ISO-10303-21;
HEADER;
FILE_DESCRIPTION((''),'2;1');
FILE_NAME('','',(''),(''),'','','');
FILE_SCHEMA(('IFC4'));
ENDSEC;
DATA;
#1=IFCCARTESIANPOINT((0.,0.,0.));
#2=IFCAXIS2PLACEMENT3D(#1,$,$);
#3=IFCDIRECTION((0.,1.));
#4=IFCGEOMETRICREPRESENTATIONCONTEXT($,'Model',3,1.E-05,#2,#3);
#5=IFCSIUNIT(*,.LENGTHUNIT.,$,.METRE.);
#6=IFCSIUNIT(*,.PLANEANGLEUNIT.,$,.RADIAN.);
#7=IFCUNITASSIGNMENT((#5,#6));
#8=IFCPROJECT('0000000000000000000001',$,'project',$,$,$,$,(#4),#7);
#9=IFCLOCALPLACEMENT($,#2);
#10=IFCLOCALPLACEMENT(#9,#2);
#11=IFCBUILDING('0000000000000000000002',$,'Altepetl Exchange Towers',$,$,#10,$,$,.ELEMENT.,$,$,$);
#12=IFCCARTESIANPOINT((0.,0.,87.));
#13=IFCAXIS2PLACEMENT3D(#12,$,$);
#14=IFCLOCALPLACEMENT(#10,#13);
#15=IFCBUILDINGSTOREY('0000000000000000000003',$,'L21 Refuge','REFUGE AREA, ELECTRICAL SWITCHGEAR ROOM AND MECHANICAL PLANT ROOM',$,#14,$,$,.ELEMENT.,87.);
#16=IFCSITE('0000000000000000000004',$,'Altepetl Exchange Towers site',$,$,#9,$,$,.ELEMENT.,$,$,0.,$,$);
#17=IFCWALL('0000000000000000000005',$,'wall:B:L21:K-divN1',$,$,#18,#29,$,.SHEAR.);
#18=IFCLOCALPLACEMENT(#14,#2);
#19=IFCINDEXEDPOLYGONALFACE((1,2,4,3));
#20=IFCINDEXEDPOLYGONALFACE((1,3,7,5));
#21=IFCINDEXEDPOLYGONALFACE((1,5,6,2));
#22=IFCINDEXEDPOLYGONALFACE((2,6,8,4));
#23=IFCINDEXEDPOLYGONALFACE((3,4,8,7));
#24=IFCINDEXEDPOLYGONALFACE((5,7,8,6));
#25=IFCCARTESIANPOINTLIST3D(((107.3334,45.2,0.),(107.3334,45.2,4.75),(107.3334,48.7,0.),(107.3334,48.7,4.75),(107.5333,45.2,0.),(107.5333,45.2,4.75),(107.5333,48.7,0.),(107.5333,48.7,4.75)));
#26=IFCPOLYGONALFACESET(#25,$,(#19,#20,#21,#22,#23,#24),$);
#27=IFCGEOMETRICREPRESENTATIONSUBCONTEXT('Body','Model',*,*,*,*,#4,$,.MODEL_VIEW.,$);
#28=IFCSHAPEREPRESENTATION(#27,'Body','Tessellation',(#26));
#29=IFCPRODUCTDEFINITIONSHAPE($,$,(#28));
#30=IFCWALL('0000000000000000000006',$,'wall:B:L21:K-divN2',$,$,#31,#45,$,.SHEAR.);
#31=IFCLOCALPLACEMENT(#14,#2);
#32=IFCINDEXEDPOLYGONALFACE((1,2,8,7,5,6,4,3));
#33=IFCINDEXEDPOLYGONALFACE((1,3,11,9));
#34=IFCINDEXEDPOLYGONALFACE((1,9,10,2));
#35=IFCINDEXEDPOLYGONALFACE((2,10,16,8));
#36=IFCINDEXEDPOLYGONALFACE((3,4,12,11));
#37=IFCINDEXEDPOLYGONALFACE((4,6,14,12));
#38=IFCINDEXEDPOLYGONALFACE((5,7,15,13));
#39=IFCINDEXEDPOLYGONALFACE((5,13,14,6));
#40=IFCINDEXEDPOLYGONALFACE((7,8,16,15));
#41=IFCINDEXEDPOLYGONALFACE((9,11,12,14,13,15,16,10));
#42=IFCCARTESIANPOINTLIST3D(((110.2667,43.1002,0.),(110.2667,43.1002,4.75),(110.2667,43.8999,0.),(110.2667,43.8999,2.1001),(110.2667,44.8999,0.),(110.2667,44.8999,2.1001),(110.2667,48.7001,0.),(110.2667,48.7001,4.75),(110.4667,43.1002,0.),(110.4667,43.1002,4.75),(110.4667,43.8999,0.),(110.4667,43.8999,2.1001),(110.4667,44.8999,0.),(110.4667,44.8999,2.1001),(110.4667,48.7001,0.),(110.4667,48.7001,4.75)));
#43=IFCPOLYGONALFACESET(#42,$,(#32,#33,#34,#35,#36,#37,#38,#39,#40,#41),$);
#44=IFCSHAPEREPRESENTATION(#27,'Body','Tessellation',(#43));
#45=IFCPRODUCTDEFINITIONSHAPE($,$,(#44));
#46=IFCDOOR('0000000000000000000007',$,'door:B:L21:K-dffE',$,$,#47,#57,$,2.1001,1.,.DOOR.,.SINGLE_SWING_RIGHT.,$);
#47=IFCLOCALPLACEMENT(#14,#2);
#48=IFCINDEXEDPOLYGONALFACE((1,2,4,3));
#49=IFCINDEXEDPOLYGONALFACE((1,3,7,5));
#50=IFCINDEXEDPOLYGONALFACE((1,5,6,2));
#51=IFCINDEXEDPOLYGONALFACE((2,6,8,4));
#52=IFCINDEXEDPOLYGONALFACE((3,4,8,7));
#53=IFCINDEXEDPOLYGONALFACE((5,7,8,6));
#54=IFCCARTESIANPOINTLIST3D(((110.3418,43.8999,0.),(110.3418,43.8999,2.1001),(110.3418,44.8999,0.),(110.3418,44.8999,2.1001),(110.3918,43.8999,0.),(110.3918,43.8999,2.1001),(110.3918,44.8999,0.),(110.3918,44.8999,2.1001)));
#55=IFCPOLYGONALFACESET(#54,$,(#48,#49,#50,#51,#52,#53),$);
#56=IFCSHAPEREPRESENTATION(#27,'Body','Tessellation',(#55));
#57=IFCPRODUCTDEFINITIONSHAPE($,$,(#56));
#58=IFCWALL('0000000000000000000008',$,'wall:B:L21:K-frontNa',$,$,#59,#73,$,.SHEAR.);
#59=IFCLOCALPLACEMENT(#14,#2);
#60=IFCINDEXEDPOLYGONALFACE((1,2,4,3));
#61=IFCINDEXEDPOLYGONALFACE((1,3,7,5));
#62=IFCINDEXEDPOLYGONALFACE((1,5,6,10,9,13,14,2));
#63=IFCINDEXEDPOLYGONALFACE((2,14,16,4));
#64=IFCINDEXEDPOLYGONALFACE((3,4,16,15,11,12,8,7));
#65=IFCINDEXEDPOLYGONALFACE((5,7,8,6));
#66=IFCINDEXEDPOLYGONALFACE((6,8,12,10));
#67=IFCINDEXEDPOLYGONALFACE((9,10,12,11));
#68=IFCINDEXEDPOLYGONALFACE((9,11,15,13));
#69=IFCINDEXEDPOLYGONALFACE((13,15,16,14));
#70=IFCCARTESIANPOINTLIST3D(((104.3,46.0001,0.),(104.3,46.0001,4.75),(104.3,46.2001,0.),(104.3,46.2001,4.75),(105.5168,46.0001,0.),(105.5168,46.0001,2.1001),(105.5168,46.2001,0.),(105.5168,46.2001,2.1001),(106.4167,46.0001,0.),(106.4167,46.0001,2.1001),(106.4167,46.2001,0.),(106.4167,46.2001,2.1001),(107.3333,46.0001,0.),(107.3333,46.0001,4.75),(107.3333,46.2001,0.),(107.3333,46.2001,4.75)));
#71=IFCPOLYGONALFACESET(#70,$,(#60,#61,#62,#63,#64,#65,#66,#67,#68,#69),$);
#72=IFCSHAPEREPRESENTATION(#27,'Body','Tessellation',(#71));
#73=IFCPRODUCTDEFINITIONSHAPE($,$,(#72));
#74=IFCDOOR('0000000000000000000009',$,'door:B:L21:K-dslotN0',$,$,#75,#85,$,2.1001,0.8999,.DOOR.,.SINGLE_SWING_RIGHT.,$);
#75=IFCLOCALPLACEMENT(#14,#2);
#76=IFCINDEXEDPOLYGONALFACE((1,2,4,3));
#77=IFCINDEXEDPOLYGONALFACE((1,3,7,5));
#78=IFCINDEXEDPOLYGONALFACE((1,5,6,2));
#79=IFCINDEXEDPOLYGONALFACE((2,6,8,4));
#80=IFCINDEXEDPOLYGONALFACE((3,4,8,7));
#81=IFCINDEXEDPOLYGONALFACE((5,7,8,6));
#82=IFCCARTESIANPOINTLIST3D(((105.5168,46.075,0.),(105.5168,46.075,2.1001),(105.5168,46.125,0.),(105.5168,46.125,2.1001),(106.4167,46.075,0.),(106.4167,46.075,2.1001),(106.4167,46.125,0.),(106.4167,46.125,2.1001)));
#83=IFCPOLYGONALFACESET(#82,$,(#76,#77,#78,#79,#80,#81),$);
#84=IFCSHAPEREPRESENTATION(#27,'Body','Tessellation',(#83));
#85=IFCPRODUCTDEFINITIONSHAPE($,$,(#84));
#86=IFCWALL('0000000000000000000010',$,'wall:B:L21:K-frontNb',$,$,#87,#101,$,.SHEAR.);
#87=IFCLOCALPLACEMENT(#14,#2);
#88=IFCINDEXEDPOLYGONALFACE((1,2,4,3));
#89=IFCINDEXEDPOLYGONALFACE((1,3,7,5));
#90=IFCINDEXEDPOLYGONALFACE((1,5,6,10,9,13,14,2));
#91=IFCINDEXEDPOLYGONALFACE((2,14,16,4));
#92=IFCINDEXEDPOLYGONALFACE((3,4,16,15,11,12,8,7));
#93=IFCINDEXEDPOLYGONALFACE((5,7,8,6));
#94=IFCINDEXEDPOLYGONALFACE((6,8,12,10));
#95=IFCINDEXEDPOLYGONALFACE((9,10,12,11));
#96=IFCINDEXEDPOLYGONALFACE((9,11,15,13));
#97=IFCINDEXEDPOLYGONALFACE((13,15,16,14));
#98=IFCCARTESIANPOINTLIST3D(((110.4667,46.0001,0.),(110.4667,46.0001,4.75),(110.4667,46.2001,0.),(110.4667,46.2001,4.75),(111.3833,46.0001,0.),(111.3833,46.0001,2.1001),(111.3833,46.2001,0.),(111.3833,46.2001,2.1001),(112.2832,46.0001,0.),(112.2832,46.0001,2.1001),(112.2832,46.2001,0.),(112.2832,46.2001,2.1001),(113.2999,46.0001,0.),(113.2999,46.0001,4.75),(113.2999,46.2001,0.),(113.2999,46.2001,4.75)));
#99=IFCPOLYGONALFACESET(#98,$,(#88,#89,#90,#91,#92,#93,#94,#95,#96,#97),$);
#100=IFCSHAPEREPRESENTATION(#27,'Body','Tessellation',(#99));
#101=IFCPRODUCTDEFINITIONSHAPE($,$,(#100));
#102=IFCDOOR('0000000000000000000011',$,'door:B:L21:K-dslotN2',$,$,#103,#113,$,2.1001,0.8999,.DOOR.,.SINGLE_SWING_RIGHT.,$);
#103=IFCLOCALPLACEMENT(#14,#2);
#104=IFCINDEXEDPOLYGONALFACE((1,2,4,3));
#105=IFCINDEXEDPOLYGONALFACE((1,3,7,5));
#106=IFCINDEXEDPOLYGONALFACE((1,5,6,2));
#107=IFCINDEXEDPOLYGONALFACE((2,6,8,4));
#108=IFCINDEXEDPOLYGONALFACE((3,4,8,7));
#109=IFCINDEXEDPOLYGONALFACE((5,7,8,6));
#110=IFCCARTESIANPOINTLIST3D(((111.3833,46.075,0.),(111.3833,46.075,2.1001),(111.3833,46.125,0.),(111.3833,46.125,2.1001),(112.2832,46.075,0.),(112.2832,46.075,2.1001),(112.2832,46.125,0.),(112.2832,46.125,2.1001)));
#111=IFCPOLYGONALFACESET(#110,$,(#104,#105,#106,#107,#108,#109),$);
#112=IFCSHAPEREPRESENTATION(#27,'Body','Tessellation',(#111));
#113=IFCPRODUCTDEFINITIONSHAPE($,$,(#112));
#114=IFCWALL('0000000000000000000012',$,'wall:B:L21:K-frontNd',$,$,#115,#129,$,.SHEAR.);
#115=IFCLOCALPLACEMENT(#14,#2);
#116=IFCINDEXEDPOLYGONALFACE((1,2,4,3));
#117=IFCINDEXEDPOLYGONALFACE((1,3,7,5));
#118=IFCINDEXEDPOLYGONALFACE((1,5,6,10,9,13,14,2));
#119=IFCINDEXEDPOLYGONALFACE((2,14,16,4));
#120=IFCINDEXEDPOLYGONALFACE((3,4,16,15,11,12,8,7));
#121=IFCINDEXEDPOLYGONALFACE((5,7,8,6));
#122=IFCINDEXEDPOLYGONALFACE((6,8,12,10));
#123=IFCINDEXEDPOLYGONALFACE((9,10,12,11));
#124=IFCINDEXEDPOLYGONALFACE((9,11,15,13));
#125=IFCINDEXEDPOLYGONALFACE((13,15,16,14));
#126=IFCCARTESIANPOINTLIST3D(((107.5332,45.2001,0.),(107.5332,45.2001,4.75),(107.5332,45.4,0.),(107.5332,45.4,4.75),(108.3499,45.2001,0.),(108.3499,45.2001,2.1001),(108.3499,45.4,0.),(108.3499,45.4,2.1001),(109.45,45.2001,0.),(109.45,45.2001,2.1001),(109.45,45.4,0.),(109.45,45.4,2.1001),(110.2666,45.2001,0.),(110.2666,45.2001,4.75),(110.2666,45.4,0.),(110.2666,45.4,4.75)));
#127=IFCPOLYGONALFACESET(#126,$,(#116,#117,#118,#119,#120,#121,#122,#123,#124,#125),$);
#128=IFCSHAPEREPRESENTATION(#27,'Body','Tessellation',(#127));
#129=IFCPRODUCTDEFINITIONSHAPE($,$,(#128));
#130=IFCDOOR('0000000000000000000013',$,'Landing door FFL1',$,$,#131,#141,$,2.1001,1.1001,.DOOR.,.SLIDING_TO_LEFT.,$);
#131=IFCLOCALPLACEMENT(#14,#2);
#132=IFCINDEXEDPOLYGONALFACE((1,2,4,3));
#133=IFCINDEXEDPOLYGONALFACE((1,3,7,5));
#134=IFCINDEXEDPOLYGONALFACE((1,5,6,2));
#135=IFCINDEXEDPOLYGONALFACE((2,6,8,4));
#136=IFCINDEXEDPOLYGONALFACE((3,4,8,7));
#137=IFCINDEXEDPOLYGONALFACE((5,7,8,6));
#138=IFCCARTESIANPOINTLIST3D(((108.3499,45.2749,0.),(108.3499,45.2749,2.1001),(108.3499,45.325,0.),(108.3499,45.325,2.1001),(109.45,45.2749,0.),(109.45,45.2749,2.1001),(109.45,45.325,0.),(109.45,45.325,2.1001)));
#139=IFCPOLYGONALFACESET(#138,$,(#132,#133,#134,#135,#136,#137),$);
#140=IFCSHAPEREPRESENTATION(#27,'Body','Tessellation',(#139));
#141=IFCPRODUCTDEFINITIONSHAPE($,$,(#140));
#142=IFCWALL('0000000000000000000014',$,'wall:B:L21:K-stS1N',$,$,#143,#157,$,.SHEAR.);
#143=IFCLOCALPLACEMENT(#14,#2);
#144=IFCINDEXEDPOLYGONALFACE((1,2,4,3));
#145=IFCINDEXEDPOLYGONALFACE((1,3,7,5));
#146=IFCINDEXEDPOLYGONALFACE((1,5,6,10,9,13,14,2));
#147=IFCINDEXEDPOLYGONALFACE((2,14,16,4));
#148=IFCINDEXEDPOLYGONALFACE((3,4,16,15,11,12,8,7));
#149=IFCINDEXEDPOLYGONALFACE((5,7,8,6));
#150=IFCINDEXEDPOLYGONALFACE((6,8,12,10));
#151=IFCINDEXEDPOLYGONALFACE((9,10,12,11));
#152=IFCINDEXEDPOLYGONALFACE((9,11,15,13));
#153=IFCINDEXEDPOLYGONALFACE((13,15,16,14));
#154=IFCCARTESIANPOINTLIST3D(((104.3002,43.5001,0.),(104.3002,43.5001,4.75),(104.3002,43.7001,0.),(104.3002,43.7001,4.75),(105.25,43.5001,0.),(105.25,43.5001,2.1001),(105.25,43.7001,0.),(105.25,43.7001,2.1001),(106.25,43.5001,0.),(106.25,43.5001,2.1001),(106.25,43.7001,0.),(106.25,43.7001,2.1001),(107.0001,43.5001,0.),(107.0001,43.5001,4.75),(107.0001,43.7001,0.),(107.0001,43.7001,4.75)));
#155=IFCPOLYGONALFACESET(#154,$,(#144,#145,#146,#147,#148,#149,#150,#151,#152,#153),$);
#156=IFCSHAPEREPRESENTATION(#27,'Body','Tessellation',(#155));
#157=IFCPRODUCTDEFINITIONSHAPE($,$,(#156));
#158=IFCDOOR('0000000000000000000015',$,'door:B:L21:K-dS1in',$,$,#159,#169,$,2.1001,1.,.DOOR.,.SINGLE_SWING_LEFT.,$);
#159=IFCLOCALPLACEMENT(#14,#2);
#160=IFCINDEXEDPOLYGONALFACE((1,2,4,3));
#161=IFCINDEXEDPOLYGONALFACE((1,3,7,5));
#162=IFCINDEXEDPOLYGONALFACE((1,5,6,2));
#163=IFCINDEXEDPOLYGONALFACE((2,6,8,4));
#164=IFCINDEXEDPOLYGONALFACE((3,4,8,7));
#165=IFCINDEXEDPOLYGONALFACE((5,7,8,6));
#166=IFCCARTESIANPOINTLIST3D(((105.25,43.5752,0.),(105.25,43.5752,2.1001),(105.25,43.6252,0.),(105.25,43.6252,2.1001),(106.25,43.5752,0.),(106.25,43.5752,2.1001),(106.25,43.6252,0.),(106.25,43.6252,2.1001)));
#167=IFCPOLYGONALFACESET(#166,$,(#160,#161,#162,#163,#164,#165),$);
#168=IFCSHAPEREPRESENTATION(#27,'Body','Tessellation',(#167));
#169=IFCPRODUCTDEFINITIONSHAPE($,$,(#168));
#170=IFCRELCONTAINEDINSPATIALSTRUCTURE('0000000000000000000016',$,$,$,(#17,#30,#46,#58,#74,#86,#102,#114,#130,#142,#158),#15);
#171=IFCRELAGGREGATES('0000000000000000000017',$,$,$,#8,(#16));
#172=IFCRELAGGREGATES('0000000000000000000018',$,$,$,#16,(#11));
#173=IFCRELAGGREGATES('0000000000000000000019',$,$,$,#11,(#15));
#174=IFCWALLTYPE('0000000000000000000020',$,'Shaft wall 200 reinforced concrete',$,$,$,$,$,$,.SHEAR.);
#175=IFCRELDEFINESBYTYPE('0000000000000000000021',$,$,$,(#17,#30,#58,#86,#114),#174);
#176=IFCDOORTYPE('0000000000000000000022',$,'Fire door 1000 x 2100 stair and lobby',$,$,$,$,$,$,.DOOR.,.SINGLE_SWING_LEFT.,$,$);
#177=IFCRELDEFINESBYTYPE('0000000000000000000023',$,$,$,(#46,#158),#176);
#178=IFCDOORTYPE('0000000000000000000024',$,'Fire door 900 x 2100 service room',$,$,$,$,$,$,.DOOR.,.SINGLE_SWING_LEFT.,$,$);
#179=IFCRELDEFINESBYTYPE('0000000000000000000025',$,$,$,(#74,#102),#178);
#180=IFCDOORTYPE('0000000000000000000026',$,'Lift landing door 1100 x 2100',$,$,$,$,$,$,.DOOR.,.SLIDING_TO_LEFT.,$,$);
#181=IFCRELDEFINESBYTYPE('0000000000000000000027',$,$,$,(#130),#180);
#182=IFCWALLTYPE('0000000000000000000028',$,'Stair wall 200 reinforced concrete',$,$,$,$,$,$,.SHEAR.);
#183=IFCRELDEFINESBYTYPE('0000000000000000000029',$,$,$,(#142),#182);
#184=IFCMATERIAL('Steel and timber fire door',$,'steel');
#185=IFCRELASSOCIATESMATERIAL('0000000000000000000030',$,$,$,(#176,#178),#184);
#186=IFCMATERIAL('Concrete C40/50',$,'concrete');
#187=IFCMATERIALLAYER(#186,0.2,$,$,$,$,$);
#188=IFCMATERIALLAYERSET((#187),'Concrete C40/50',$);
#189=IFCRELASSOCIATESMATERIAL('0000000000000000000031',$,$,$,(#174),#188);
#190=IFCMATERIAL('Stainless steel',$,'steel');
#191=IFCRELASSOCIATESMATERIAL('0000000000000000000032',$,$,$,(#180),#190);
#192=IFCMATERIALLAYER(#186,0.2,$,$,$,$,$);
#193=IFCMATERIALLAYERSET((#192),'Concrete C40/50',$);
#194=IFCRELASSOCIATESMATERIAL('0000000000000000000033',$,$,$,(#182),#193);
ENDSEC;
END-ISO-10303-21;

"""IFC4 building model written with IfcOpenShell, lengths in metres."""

from ifc_helpers import new_model, si_unit, direction, frame, frame_2d, origin, place, context, subcontext, project, spatial, rectangle, extrude, material, layer, layer_set, type_object, element, fill, save


model = new_model("IFC4")

# Units and contexts
model_context = context("Model", 3, precision=1e-05, world=origin(), true_north=direction((0.0, 1.0)))
body_context = subcontext(model_context, "Body", "Model", "MODEL_VIEW")
ifc_project = project(units=[si_unit("LENGTHUNIT", "METRE"), si_unit("PLANEANGLEUNIT", "RADIAN")], contexts=[model_context])

# Site, building, storey
site_placement = place(None, origin())
site = spatial("IfcSite", under=ifc_project, at=site_placement, Name="Altepetl Exchange Towers site", CompositionType="ELEMENT", RefElevation=0.0)
building_placement = place(site_placement, origin())
building = spatial("IfcBuilding", under=site, at=building_placement, Name="Altepetl Exchange Towers", CompositionType="ELEMENT")
storey_placement = place(building_placement, frame((0.0, 0.0, 87.0)))
storey = spatial("IfcBuildingStorey", under=building, at=storey_placement, Name="L21 Refuge", Description="REFUGE AREA, ELECTRICAL SWITCHGEAR ROOM AND MECHANICAL PLANT ROOM", CompositionType="ELEMENT", Elevation=87.0)

# Shared definitions
ifc_material_1 = material(Name="Steel and timber fire door", Category="steel")
door_type_1 = type_object("IfcDoorType", Name="Fire door 1000 x 2100 stair and lobby", OperationType="SINGLE_SWING_LEFT", PredefinedType="DOOR", material=ifc_material_1)
door_type_2 = type_object("IfcDoorType", Name="Fire door 900 x 2100 service room", OperationType="SINGLE_SWING_LEFT", PredefinedType="DOOR", material=ifc_material_1)

# Wall
ifc_material_2 = material(Name="Concrete C40/50", Category="concrete")
ifc_layer_1 = layer(ifc_material_2, 0.2)
ifc_layer_set_1 = layer_set([ifc_layer_1], Name="Concrete C40/50")
wall_type_1 = type_object("IfcWallType", Name="Shaft wall 200 reinforced concrete", PredefinedType="SHEAR", material=ifc_layer_set_1)
wall_1_placement = place(storey_placement, frame((107.4333, 48.7, 0.0), z_axis=(0.0, 0.0, 1.0), x_axis=(0.0, -1.0, 0.0)))
element("IfcWall", 1, at=wall_1_placement, inside=storey, type_object=wall_type_1, Name="wall:B:L21:K-divN1", PredefinedType="SHEAR", context=body_context, shape_type="SweptSolid", body=[
    extrude(rectangle(XDim=3.5, YDim=0.2, at=frame_2d((1.75, 0.0))), origin(), (0.0, 0.0, 1.0), 4.75),
])

# Walls, openings, doors
wall_2_placement = place(storey_placement, frame((110.3667, 48.7, 0.0), z_axis=(0.0, 0.0, 1.0), x_axis=(0.0, -1.0, 0.0)))
wall_2 = element("IfcWall", 2, at=wall_2_placement, inside=storey, type_object=wall_type_1, Name="wall:B:L21:K-divN2", PredefinedType="SHEAR", context=body_context, shape_type="SweptSolid", body=[
    extrude(rectangle(XDim=5.5999, YDim=0.2, at=frame_2d((2.7998, 0.0))), origin(), (0.0, 0.0, 1.0), 4.75),
])
opening_1_placement = place(wall_2_placement, frame((3.8, 0.0, 0.0)))
opening_1 = element("IfcOpeningElement", 3, at=opening_1_placement, cuts=wall_2, PredefinedType="OPENING", context=body_context, shape_type="SweptSolid", body=[
    extrude(rectangle(XDim=1.0, YDim=2.1001, at=frame_2d((0.5, 1.05))), frame((0.0, 0.1099, 0.0), z_axis=(0.0, -1.0, 0.0), x_axis=(1.0, 0.0, 0.0)), (0.0, 0.0, 1.0), 0.22),
])
door_1_placement = place(opening_1_placement, frame((1.0, 0.0, 0.0), x_axis=(-1.0, 0.0, 0.0)))
door_1 = element("IfcDoor", 4, at=door_1_placement, inside=storey, type_object=door_type_1, Name="door:B:L21:K-dffE", OperationType="SINGLE_SWING_RIGHT", OverallHeight=2.1001, OverallWidth=1.0, PredefinedType="DOOR", context=body_context, shape_type="SweptSolid", body=[
    extrude(rectangle(XDim=1.0, YDim=2.1001, at=frame_2d((0.5, 1.05))), frame((0.0, 0.0249, 0.0), z_axis=(0.0, -1.0, 0.0), x_axis=(1.0, 0.0, 0.0)), (0.0, 0.0, 1.0), 0.05),
])
fill(opening_1, door_1)
wall_3_placement = place(storey_placement, frame((104.3, 46.1001, 0.0)))
wall_3 = element("IfcWall", 5, at=wall_3_placement, inside=storey, type_object=wall_type_1, Name="wall:B:L21:K-frontNa", PredefinedType="SHEAR", context=body_context, shape_type="SweptSolid", body=[
    extrude(rectangle(XDim=3.0332, YDim=0.2, at=frame_2d((1.5166, 0.0))), origin(), (0.0, 0.0, 1.0), 4.75),
])
opening_2_placement = place(wall_3_placement, frame((1.2168, 0.0, 0.0)))
opening_2 = element("IfcOpeningElement", 6, at=opening_2_placement, cuts=wall_3, PredefinedType="OPENING", context=body_context, shape_type="SweptSolid", body=[
    extrude(rectangle(XDim=0.8999, YDim=2.1001, at=frame_2d((0.45, 1.05))), frame((0.0, 0.1099, 0.0), z_axis=(0.0, -1.0, 0.0), x_axis=(1.0, 0.0, 0.0)), (0.0, 0.0, 1.0), 0.22),
])
door_2_placement = place(opening_2_placement, origin())
door_2 = element("IfcDoor", 7, at=door_2_placement, inside=storey, type_object=door_type_2, Name="door:B:L21:K-dslotN0", OperationType="SINGLE_SWING_RIGHT", OverallHeight=2.1001, OverallWidth=0.8999, PredefinedType="DOOR", context=body_context, shape_type="SweptSolid", body=[
    extrude(rectangle(XDim=0.8999, YDim=2.1001, at=frame_2d((0.45, 1.05))), frame((0.0, 0.0249, 0.0), z_axis=(0.0, -1.0, 0.0), x_axis=(1.0, 0.0, 0.0)), (0.0, 0.0, 1.0), 0.05),
])
fill(opening_2, door_2)
wall_4_placement = place(storey_placement, frame((110.4668, 46.1001, 0.0)))
wall_4 = element("IfcWall", 8, at=wall_4_placement, inside=storey, type_object=wall_type_1, Name="wall:B:L21:K-frontNb", PredefinedType="SHEAR", context=body_context, shape_type="SweptSolid", body=[
    extrude(rectangle(XDim=2.8333, YDim=0.2, at=frame_2d((1.4165, 0.0))), origin(), (0.0, 0.0, 1.0), 4.75),
])
opening_3_placement = place(wall_4_placement, frame((0.9165, 0.0, 0.0)))
opening_3 = element("IfcOpeningElement", 9, at=opening_3_placement, cuts=wall_4, PredefinedType="OPENING", context=body_context, shape_type="SweptSolid", body=[
    extrude(rectangle(XDim=0.8999, YDim=2.1001, at=frame_2d((0.45, 1.05))), frame((0.0, 0.1099, 0.0), z_axis=(0.0, -1.0, 0.0), x_axis=(1.0, 0.0, 0.0)), (0.0, 0.0, 1.0), 0.22),
])
door_3_placement = place(opening_3_placement, origin())
door_3 = element("IfcDoor", 10, at=door_3_placement, inside=storey, type_object=door_type_2, Name="door:B:L21:K-dslotN2", OperationType="SINGLE_SWING_RIGHT", OverallHeight=2.1001, OverallWidth=0.8999, PredefinedType="DOOR", context=body_context, shape_type="SweptSolid", body=[
    extrude(rectangle(XDim=0.8999, YDim=2.1001, at=frame_2d((0.45, 1.05))), frame((0.0, 0.0249, 0.0), z_axis=(0.0, -1.0, 0.0), x_axis=(1.0, 0.0, 0.0)), (0.0, 0.0, 1.0), 0.05),
])
fill(opening_3, door_3)
wall_5_placement = place(storey_placement, frame((107.5332, 45.3, 0.0)))
wall_5 = element("IfcWall", 11, at=wall_5_placement, inside=storey, type_object=wall_type_1, Name="wall:B:L21:K-frontNd", PredefinedType="SHEAR", context=body_context, shape_type="SweptSolid", body=[
    extrude(rectangle(XDim=2.7334, YDim=0.2, at=frame_2d((1.3667, 0.0))), origin(), (0.0, 0.0, 1.0), 4.75),
])
opening_4_placement = place(wall_5_placement, frame((0.8167, 0.0, 0.0)))
opening_4 = element("IfcOpeningElement", 12, at=opening_4_placement, cuts=wall_5, PredefinedType="OPENING", context=body_context, shape_type="SweptSolid", body=[
    extrude(rectangle(XDim=1.1001, YDim=2.1001, at=frame_2d((0.55, 1.05))), frame((0.0, 0.1099, 0.0), z_axis=(0.0, -1.0, 0.0), x_axis=(1.0, 0.0, 0.0)), (0.0, 0.0, 1.0), 0.22),
])
ifc_material_3 = material(Name="Stainless steel", Category="steel")
door_type_3 = type_object("IfcDoorType", Name="Lift landing door 1100 x 2100", OperationType="SLIDING_TO_LEFT", PredefinedType="DOOR", material=ifc_material_3)
door_4_placement = place(opening_4_placement, origin())
door_4 = element("IfcDoor", 13, at=door_4_placement, inside=storey, type_object=door_type_3, Name="Landing door FFL1", OperationType="SLIDING_TO_LEFT", OverallHeight=2.1001, OverallWidth=1.1001, PredefinedType="DOOR", context=body_context, shape_type="SweptSolid", body=[
    extrude(rectangle(XDim=1.1001, YDim=2.1001, at=frame_2d((0.55, 1.05))), frame((0.0, 0.0249, 0.0), z_axis=(0.0, -1.0, 0.0), x_axis=(1.0, 0.0, 0.0)), (0.0, 0.0, 1.0), 0.05),
])
fill(opening_4, door_4)
ifc_layer_2 = layer(ifc_material_2, 0.2)
ifc_layer_set_2 = layer_set([ifc_layer_2], Name="Concrete C40/50")
wall_type_2 = type_object("IfcWallType", Name="Stair wall 200 reinforced concrete", PredefinedType="SHEAR", material=ifc_layer_set_2)
wall_6_placement = place(storey_placement, frame((104.3, 43.6001, 0.0)))
wall_6 = element("IfcWall", 14, at=wall_6_placement, inside=storey, type_object=wall_type_2, Name="wall:B:L21:K-stS1N", PredefinedType="SHEAR", context=body_context, shape_type="SweptSolid", body=[
    extrude(rectangle(XDim=2.7, YDim=0.2, at=frame_2d((1.3501, 0.0))), origin(), (0.0, 0.0, 1.0), 4.75),
])
opening_5_placement = place(wall_6_placement, frame((0.95, 0.0, 0.0)))
opening_5 = element("IfcOpeningElement", 15, at=opening_5_placement, cuts=wall_6, PredefinedType="OPENING", context=body_context, shape_type="SweptSolid", body=[
    extrude(rectangle(XDim=1.0, YDim=2.1001, at=frame_2d((0.5, 1.05))), frame((0.0, 0.1099, 0.0), z_axis=(0.0, -1.0, 0.0), x_axis=(1.0, 0.0, 0.0)), (0.0, 0.0, 1.0), 0.22),
])
door_5_placement = place(opening_5_placement, frame((1.0, 0.0, 0.0), x_axis=(-1.0, 0.0, 0.0)))
door_5 = element("IfcDoor", 16, at=door_5_placement, inside=storey, type_object=door_type_1, Name="door:B:L21:K-dS1in", OperationType="SINGLE_SWING_LEFT", OverallHeight=2.1001, OverallWidth=1.0, PredefinedType="DOOR", context=body_context, shape_type="SweptSolid", body=[
    extrude(rectangle(XDim=1.0, YDim=2.1001, at=frame_2d((0.5, 1.05))), frame((0.0, 0.0249, 0.0), z_axis=(0.0, -1.0, 0.0), x_axis=(1.0, 0.0, 0.0)), (0.0, 0.0, 1.0), 0.05),
])
fill(opening_5, door_5)

save(model, "model.ifc")
